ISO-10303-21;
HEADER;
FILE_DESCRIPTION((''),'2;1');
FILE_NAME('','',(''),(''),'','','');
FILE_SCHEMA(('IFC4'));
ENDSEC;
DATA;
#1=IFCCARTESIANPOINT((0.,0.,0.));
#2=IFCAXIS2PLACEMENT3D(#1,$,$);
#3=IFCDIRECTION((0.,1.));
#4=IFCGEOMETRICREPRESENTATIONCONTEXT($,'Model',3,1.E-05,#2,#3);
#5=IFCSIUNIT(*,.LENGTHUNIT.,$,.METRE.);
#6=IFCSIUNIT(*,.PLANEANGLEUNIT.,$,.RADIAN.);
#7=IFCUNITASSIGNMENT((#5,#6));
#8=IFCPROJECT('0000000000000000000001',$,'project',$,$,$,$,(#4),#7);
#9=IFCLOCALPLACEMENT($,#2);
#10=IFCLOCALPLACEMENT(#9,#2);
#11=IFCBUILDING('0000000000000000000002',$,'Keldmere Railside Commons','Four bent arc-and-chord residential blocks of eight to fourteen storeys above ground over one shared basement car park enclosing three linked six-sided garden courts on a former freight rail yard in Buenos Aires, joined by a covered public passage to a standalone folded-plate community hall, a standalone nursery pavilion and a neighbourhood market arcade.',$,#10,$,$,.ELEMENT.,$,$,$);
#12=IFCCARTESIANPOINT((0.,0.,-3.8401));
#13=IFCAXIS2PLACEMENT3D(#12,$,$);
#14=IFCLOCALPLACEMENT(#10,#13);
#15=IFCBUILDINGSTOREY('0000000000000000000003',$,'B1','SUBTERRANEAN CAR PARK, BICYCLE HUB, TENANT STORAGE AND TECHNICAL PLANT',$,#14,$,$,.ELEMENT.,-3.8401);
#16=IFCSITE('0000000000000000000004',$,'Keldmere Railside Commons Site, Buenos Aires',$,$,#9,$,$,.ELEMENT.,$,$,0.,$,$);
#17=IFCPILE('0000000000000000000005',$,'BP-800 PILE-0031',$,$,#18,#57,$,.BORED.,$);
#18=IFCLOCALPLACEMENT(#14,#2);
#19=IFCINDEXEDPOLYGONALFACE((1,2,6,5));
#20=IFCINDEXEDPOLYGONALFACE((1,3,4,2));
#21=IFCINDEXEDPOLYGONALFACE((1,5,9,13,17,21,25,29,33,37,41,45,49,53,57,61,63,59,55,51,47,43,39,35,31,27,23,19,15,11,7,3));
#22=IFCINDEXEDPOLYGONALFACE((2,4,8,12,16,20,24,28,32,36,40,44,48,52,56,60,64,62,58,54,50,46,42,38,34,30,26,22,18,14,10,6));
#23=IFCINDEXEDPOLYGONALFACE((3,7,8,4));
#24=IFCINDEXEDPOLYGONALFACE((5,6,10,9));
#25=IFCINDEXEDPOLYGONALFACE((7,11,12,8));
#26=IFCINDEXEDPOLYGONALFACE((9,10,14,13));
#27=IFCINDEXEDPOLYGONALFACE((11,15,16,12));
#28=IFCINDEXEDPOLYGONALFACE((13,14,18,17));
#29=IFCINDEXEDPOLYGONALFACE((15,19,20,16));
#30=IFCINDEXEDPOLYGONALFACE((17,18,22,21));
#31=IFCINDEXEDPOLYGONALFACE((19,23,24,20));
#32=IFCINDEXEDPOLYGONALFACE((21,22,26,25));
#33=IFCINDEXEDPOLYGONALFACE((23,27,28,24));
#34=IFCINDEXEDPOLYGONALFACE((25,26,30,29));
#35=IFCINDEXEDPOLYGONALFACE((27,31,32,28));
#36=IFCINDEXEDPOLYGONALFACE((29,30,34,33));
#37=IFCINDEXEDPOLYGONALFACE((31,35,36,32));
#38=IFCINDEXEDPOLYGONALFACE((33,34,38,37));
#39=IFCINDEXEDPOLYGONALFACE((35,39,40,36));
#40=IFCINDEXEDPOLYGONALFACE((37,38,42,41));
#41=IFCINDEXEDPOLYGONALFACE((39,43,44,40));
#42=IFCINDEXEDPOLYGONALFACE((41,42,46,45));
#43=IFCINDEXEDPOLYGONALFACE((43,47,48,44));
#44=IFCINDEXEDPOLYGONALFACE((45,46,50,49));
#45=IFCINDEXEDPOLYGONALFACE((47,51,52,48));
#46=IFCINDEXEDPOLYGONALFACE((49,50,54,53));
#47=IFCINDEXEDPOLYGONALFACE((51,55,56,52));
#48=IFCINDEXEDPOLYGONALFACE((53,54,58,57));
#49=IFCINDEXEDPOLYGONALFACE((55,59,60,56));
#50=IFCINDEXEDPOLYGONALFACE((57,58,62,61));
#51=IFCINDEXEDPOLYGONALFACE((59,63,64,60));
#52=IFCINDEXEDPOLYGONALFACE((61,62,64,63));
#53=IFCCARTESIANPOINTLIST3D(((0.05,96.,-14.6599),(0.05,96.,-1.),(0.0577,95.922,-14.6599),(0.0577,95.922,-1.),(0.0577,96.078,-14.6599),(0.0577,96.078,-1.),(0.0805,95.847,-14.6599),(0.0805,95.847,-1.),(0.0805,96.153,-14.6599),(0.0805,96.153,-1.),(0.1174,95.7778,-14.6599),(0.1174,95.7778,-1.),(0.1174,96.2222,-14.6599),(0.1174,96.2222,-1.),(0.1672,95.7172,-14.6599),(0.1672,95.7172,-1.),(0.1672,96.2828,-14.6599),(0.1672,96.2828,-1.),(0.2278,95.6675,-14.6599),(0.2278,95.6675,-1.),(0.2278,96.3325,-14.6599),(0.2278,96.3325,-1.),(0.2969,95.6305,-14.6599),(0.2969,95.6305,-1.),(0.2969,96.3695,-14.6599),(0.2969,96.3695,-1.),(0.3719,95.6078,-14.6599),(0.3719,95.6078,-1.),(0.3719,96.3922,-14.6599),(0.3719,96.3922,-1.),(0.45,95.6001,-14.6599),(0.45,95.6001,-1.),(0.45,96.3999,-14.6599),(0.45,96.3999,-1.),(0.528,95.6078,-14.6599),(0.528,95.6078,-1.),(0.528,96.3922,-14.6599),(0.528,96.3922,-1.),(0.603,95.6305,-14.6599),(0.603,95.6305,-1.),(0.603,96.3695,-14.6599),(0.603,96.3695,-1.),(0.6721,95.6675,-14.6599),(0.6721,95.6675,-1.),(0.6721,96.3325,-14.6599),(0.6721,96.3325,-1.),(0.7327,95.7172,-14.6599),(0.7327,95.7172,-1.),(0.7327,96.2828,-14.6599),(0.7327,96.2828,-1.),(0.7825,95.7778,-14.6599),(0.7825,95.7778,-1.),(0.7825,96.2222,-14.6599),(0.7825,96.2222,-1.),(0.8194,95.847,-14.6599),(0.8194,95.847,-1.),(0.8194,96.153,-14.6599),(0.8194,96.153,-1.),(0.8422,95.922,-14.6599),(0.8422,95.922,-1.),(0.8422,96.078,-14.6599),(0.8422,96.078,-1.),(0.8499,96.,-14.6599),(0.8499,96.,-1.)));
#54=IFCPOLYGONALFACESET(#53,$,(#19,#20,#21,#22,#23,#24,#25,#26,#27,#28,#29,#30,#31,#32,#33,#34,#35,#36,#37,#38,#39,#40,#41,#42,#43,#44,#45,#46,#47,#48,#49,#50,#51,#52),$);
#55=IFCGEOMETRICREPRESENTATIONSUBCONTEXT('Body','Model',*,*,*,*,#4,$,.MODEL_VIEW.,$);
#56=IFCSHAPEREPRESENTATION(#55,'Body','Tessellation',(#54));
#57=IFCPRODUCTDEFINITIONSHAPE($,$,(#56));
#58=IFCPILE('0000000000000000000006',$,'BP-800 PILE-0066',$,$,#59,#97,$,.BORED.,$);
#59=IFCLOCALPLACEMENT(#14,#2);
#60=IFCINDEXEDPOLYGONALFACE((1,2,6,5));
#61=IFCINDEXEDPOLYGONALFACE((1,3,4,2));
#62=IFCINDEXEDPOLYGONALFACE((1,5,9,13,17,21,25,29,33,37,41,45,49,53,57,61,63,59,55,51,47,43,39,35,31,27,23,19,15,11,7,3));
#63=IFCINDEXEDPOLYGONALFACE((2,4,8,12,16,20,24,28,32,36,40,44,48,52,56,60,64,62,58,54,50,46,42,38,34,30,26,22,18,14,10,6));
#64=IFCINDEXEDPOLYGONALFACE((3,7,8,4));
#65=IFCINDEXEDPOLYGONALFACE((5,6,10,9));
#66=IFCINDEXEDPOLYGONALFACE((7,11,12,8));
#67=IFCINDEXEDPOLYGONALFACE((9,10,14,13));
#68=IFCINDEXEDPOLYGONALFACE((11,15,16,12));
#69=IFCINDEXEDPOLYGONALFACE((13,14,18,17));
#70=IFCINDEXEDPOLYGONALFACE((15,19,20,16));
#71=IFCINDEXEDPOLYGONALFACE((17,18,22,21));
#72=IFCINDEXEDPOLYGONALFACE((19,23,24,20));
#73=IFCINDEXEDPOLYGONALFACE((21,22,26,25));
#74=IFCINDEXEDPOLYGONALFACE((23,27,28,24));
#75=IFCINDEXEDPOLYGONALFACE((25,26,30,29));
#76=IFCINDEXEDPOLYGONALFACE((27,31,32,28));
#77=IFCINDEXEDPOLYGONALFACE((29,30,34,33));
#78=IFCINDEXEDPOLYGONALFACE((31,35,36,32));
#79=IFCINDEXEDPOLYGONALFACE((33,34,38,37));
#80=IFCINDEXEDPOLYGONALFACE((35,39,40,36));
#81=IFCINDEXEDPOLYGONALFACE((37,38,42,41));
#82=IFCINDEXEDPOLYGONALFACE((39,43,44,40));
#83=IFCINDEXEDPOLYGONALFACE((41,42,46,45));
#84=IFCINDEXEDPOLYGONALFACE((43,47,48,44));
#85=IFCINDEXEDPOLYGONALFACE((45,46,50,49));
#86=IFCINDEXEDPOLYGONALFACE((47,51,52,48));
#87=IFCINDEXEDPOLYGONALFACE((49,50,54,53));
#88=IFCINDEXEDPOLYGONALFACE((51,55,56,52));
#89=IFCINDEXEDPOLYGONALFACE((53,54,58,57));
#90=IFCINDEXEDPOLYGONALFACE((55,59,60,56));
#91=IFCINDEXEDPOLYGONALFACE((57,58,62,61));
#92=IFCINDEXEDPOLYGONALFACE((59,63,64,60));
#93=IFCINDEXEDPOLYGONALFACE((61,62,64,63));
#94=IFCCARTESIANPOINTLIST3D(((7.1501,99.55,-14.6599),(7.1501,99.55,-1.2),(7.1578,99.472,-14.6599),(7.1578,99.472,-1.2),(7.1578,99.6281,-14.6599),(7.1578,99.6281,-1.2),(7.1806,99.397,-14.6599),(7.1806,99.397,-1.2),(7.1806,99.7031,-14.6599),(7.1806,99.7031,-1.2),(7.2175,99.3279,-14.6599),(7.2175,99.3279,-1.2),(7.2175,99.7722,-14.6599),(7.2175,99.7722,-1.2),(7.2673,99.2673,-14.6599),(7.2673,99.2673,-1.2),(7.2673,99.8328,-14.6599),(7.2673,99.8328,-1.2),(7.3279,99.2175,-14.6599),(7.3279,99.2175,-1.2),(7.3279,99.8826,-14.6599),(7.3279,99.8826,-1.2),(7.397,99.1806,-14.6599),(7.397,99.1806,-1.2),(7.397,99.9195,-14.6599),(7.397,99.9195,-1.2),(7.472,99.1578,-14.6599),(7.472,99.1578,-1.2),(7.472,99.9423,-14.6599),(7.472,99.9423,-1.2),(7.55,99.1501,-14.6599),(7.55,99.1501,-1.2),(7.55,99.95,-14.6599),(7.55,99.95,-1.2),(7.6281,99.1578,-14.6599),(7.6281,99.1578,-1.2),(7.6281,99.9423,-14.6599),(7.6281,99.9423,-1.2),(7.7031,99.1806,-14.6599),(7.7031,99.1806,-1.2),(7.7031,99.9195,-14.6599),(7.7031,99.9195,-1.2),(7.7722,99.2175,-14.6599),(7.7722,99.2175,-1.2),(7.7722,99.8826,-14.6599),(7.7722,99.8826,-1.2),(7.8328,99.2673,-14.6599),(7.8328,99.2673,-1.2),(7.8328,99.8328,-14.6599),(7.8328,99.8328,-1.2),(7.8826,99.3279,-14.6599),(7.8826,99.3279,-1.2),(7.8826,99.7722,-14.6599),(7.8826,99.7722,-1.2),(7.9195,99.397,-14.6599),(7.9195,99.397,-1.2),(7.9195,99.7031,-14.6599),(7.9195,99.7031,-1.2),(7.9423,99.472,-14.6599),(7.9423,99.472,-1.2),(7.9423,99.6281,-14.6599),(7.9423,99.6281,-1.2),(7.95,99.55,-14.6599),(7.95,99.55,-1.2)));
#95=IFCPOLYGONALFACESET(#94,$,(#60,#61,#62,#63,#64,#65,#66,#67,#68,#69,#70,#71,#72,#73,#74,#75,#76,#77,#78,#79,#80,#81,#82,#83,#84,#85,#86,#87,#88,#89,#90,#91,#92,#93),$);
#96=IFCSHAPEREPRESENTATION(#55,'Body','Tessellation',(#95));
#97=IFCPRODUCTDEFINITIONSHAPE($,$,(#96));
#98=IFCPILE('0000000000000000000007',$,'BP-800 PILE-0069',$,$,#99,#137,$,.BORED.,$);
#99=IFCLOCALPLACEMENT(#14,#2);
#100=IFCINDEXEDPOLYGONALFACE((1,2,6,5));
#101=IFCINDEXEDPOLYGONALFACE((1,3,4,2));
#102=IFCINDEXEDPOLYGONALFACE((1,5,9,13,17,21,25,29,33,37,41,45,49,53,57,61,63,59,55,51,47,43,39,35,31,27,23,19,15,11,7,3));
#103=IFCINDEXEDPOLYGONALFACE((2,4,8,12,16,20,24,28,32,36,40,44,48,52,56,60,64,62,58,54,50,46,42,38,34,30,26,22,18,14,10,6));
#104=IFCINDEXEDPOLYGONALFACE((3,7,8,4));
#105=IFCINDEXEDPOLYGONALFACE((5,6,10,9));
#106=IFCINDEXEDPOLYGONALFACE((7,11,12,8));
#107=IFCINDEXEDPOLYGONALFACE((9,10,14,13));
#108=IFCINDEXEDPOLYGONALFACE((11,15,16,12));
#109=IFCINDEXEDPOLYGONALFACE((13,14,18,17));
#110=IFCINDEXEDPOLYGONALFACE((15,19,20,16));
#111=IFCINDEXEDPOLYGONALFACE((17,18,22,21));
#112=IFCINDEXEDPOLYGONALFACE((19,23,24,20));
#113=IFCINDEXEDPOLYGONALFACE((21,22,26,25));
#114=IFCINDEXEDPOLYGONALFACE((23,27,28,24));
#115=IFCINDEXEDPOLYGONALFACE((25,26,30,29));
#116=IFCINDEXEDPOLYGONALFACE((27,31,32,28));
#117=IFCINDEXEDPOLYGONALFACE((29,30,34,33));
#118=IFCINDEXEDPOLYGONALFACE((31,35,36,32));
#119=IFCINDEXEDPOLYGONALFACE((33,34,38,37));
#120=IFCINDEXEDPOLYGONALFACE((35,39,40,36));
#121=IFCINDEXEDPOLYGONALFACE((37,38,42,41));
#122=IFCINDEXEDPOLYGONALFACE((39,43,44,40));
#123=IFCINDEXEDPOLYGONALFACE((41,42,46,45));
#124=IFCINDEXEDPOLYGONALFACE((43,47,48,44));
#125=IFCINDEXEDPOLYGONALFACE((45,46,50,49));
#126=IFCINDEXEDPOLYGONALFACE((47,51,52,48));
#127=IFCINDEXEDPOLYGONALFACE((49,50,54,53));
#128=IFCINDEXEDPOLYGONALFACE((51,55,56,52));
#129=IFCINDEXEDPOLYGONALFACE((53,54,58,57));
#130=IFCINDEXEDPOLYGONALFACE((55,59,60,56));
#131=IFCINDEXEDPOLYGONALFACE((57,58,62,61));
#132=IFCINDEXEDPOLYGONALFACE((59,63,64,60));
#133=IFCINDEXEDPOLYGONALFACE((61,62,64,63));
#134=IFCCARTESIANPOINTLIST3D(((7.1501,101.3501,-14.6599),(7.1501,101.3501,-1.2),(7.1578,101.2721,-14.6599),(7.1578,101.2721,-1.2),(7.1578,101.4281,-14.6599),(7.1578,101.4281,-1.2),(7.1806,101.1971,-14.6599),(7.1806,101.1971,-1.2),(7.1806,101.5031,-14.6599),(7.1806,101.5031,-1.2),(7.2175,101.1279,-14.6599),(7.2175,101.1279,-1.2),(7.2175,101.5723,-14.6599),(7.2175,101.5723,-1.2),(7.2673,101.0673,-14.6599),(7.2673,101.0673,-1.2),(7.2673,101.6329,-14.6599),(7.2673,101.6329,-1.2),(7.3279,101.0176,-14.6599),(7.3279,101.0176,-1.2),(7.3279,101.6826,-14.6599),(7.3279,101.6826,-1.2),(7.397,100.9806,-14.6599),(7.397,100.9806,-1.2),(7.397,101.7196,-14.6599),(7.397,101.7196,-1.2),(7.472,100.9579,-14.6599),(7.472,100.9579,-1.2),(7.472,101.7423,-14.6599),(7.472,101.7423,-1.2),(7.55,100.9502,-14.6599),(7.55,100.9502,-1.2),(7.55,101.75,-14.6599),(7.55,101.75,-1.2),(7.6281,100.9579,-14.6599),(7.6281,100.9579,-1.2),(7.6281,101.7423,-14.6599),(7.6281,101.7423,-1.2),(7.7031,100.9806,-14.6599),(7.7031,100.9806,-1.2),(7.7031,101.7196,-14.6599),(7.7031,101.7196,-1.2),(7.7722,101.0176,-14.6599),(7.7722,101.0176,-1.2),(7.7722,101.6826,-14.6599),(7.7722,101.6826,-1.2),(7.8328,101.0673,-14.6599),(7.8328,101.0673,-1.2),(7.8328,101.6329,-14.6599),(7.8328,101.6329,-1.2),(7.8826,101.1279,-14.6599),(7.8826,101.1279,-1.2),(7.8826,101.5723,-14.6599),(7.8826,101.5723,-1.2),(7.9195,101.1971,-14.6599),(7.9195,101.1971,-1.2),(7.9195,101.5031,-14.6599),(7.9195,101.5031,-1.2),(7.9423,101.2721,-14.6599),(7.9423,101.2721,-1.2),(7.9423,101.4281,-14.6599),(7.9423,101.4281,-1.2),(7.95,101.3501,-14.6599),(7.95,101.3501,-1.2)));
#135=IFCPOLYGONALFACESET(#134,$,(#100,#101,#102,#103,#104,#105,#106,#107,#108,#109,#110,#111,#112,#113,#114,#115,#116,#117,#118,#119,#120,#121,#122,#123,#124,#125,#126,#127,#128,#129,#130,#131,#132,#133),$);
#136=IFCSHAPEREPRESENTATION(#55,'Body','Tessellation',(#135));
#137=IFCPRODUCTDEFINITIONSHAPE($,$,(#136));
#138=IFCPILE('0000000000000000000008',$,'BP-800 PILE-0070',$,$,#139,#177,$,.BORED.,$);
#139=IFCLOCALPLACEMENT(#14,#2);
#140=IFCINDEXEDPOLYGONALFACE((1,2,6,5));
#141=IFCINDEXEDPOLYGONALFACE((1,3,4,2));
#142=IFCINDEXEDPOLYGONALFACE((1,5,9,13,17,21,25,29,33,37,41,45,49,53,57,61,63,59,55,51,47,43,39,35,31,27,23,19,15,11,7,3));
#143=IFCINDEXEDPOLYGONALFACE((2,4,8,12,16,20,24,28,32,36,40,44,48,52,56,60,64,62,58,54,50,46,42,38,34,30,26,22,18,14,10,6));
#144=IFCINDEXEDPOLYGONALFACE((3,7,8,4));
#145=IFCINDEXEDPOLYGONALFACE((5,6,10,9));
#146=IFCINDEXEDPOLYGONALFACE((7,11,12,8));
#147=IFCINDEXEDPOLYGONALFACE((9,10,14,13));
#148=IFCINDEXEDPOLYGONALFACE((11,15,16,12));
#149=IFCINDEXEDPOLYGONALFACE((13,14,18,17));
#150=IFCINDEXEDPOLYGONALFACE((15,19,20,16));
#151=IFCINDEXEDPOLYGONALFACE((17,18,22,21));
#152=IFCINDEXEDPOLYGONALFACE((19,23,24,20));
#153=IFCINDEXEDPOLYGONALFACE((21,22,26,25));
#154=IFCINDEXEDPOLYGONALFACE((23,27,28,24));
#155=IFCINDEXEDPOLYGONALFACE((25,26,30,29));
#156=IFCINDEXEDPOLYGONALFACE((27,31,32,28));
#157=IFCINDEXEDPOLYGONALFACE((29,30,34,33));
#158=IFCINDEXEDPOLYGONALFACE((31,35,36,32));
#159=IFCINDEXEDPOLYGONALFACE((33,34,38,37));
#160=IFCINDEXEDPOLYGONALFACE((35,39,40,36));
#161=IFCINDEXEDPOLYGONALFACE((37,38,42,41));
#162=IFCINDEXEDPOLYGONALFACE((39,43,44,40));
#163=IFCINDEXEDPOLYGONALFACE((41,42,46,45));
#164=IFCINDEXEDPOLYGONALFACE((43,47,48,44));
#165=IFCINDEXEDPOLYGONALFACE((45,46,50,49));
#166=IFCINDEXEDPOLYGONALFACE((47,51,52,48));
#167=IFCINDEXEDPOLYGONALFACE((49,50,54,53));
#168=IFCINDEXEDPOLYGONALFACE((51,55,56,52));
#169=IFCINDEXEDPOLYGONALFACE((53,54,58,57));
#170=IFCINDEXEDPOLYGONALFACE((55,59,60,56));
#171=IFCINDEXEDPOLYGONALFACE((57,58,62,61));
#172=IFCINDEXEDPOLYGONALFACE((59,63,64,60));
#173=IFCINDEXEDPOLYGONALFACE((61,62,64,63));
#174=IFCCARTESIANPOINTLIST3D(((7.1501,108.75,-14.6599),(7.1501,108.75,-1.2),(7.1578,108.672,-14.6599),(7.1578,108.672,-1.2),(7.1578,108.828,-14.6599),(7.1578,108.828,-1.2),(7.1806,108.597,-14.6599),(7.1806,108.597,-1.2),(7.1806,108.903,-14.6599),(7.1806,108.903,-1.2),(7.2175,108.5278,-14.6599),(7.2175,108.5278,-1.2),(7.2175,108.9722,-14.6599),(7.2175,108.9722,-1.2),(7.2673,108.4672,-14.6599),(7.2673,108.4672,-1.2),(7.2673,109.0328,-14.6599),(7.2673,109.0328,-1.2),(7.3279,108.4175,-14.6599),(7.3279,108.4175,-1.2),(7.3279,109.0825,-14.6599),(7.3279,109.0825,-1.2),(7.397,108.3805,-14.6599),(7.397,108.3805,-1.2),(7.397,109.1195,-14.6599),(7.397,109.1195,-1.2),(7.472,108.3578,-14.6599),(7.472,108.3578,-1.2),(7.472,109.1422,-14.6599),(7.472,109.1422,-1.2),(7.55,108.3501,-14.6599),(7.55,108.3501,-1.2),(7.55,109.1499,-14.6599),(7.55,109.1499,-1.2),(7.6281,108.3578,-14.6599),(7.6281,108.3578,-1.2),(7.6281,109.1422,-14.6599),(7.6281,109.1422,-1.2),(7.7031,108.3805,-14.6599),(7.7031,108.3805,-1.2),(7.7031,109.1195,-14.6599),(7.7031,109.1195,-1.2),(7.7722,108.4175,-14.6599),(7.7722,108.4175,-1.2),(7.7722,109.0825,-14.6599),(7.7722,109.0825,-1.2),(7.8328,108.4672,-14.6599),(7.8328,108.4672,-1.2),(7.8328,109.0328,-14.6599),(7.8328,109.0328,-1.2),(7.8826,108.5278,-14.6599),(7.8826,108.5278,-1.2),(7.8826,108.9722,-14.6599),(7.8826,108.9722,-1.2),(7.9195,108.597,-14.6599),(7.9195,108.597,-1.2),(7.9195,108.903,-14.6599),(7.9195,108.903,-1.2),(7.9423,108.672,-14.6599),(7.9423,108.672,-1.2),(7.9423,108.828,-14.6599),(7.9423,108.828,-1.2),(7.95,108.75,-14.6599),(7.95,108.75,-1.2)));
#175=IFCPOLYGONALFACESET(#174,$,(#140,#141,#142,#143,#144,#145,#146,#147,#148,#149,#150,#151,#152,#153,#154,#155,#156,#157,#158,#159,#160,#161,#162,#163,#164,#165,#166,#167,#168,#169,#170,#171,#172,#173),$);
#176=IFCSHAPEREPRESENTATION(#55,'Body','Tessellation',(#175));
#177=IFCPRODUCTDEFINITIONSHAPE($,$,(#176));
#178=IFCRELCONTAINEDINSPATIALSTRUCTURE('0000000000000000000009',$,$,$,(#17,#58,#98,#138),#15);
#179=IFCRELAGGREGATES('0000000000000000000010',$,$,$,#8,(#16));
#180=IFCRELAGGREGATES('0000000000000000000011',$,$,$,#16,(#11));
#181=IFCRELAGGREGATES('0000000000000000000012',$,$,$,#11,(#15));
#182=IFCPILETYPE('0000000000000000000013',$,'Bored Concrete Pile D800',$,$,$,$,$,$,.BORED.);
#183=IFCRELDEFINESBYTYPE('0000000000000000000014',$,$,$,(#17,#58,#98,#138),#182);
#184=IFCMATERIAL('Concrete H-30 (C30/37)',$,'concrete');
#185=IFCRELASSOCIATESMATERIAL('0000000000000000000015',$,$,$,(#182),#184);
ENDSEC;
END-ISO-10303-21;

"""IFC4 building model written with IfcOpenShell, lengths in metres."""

from ifc_helpers import new_model, si_unit, direction, frame, origin, origin_2d, place, context, subcontext, project, spatial, circle, extrude, material, material_profile, profile_set, type_object, element, save


model = new_model("IFC4")

# Units and contexts
model_context = context("Model", 3, precision=1e-05, world=origin(), true_north=direction((0.0, 1.0)))
body_context = subcontext(model_context, "Body", "Model", "MODEL_VIEW")
ifc_project = project(units=[si_unit("LENGTHUNIT", "METRE"), si_unit("PLANEANGLEUNIT", "RADIAN")], contexts=[model_context])

# Site, building, storey
site_placement = place(None, origin())
site = spatial("IfcSite", under=ifc_project, at=site_placement, Name="Keldmere Railside Commons Site, Buenos Aires", CompositionType="ELEMENT", RefElevation=0.0)
building_placement = place(site_placement, origin())
building = spatial("IfcBuilding", under=site, at=building_placement, Name="Keldmere Railside Commons", Description="Four bent arc-and-chord residential blocks of eight to fourteen storeys above ground over one shared basement car park enclosing three linked six-sided garden courts on a former freight rail yard in Buenos Aires, joined by a covered public passage to a standalone folded-plate community hall, a standalone nursery pavilion and a neighbourhood market arcade.", CompositionType="ELEMENT")
storey_placement = place(building_placement, frame((0.0, 0.0, -3.8401)))
storey = spatial("IfcBuildingStorey", under=building, at=storey_placement, Name="B1", Description="SUBTERRANEAN CAR PARK, BICYCLE HUB, TENANT STORAGE AND TECHNICAL PLANT", CompositionType="ELEMENT", Elevation=-3.8401)

# Piles
ifc_material_1 = material(Name="Concrete H-30 (C30/37)", Category="concrete")
ifc_material_profile_1 = material_profile(ifc_material_1, circle(Radius=0.3999, at=origin_2d()), Name="PILE-D800")
ifc_profile_set_1 = profile_set([ifc_material_profile_1], Name="Concrete H-30 (C30/37)")
pile_type_1 = type_object("IfcPileType", Name="Bored Concrete Pile D800", PredefinedType="BORED", material=ifc_profile_set_1)
pile_1_placement = place(storey_placement, frame((0.45, 96.0, -1.0), z_axis=(0.0, 0.0, -1.0), x_axis=(1.0, 0.0, 0.0)))
element("IfcPile", 1, at=pile_1_placement, inside=storey, type_object=pile_type_1, Name="BP-800 PILE-0031", PredefinedType="BORED", context=body_context, shape_type="SweptSolid", body=[
    extrude(circle(Radius=0.3999, at=origin_2d()), origin(), (0.0, 0.0, 1.0), 13.6599),
])
for number, where, z_axis, x_axis, name in (
    (2, (7.55, 99.55, -1.2), (0.0, 0.0, -1.0), (1.0, 0.0, 0.0), "BP-800 PILE-0066"),
    (3, (7.55, 101.3501, -1.2), (0.0, 0.0, -1.0), (1.0, 0.0, 0.0), "BP-800 PILE-0069"),
    (4, (7.55, 108.75, -1.2), (0.0, 0.0, -1.0), (1.0, 0.0, 0.0), "BP-800 PILE-0070"),
):
    element("IfcPile", number, at=place(storey_placement, frame(where, z_axis=z_axis, x_axis=x_axis)), inside=storey, type_object=pile_type_1, Name=name, PredefinedType="BORED", context=body_context, shape_type="SweptSolid", body=[
        extrude(circle(Radius=0.3999, at=origin_2d()), origin(), (0.0, 0.0, 1.0), 13.46),
    ])

save(model, "model.ifc")
